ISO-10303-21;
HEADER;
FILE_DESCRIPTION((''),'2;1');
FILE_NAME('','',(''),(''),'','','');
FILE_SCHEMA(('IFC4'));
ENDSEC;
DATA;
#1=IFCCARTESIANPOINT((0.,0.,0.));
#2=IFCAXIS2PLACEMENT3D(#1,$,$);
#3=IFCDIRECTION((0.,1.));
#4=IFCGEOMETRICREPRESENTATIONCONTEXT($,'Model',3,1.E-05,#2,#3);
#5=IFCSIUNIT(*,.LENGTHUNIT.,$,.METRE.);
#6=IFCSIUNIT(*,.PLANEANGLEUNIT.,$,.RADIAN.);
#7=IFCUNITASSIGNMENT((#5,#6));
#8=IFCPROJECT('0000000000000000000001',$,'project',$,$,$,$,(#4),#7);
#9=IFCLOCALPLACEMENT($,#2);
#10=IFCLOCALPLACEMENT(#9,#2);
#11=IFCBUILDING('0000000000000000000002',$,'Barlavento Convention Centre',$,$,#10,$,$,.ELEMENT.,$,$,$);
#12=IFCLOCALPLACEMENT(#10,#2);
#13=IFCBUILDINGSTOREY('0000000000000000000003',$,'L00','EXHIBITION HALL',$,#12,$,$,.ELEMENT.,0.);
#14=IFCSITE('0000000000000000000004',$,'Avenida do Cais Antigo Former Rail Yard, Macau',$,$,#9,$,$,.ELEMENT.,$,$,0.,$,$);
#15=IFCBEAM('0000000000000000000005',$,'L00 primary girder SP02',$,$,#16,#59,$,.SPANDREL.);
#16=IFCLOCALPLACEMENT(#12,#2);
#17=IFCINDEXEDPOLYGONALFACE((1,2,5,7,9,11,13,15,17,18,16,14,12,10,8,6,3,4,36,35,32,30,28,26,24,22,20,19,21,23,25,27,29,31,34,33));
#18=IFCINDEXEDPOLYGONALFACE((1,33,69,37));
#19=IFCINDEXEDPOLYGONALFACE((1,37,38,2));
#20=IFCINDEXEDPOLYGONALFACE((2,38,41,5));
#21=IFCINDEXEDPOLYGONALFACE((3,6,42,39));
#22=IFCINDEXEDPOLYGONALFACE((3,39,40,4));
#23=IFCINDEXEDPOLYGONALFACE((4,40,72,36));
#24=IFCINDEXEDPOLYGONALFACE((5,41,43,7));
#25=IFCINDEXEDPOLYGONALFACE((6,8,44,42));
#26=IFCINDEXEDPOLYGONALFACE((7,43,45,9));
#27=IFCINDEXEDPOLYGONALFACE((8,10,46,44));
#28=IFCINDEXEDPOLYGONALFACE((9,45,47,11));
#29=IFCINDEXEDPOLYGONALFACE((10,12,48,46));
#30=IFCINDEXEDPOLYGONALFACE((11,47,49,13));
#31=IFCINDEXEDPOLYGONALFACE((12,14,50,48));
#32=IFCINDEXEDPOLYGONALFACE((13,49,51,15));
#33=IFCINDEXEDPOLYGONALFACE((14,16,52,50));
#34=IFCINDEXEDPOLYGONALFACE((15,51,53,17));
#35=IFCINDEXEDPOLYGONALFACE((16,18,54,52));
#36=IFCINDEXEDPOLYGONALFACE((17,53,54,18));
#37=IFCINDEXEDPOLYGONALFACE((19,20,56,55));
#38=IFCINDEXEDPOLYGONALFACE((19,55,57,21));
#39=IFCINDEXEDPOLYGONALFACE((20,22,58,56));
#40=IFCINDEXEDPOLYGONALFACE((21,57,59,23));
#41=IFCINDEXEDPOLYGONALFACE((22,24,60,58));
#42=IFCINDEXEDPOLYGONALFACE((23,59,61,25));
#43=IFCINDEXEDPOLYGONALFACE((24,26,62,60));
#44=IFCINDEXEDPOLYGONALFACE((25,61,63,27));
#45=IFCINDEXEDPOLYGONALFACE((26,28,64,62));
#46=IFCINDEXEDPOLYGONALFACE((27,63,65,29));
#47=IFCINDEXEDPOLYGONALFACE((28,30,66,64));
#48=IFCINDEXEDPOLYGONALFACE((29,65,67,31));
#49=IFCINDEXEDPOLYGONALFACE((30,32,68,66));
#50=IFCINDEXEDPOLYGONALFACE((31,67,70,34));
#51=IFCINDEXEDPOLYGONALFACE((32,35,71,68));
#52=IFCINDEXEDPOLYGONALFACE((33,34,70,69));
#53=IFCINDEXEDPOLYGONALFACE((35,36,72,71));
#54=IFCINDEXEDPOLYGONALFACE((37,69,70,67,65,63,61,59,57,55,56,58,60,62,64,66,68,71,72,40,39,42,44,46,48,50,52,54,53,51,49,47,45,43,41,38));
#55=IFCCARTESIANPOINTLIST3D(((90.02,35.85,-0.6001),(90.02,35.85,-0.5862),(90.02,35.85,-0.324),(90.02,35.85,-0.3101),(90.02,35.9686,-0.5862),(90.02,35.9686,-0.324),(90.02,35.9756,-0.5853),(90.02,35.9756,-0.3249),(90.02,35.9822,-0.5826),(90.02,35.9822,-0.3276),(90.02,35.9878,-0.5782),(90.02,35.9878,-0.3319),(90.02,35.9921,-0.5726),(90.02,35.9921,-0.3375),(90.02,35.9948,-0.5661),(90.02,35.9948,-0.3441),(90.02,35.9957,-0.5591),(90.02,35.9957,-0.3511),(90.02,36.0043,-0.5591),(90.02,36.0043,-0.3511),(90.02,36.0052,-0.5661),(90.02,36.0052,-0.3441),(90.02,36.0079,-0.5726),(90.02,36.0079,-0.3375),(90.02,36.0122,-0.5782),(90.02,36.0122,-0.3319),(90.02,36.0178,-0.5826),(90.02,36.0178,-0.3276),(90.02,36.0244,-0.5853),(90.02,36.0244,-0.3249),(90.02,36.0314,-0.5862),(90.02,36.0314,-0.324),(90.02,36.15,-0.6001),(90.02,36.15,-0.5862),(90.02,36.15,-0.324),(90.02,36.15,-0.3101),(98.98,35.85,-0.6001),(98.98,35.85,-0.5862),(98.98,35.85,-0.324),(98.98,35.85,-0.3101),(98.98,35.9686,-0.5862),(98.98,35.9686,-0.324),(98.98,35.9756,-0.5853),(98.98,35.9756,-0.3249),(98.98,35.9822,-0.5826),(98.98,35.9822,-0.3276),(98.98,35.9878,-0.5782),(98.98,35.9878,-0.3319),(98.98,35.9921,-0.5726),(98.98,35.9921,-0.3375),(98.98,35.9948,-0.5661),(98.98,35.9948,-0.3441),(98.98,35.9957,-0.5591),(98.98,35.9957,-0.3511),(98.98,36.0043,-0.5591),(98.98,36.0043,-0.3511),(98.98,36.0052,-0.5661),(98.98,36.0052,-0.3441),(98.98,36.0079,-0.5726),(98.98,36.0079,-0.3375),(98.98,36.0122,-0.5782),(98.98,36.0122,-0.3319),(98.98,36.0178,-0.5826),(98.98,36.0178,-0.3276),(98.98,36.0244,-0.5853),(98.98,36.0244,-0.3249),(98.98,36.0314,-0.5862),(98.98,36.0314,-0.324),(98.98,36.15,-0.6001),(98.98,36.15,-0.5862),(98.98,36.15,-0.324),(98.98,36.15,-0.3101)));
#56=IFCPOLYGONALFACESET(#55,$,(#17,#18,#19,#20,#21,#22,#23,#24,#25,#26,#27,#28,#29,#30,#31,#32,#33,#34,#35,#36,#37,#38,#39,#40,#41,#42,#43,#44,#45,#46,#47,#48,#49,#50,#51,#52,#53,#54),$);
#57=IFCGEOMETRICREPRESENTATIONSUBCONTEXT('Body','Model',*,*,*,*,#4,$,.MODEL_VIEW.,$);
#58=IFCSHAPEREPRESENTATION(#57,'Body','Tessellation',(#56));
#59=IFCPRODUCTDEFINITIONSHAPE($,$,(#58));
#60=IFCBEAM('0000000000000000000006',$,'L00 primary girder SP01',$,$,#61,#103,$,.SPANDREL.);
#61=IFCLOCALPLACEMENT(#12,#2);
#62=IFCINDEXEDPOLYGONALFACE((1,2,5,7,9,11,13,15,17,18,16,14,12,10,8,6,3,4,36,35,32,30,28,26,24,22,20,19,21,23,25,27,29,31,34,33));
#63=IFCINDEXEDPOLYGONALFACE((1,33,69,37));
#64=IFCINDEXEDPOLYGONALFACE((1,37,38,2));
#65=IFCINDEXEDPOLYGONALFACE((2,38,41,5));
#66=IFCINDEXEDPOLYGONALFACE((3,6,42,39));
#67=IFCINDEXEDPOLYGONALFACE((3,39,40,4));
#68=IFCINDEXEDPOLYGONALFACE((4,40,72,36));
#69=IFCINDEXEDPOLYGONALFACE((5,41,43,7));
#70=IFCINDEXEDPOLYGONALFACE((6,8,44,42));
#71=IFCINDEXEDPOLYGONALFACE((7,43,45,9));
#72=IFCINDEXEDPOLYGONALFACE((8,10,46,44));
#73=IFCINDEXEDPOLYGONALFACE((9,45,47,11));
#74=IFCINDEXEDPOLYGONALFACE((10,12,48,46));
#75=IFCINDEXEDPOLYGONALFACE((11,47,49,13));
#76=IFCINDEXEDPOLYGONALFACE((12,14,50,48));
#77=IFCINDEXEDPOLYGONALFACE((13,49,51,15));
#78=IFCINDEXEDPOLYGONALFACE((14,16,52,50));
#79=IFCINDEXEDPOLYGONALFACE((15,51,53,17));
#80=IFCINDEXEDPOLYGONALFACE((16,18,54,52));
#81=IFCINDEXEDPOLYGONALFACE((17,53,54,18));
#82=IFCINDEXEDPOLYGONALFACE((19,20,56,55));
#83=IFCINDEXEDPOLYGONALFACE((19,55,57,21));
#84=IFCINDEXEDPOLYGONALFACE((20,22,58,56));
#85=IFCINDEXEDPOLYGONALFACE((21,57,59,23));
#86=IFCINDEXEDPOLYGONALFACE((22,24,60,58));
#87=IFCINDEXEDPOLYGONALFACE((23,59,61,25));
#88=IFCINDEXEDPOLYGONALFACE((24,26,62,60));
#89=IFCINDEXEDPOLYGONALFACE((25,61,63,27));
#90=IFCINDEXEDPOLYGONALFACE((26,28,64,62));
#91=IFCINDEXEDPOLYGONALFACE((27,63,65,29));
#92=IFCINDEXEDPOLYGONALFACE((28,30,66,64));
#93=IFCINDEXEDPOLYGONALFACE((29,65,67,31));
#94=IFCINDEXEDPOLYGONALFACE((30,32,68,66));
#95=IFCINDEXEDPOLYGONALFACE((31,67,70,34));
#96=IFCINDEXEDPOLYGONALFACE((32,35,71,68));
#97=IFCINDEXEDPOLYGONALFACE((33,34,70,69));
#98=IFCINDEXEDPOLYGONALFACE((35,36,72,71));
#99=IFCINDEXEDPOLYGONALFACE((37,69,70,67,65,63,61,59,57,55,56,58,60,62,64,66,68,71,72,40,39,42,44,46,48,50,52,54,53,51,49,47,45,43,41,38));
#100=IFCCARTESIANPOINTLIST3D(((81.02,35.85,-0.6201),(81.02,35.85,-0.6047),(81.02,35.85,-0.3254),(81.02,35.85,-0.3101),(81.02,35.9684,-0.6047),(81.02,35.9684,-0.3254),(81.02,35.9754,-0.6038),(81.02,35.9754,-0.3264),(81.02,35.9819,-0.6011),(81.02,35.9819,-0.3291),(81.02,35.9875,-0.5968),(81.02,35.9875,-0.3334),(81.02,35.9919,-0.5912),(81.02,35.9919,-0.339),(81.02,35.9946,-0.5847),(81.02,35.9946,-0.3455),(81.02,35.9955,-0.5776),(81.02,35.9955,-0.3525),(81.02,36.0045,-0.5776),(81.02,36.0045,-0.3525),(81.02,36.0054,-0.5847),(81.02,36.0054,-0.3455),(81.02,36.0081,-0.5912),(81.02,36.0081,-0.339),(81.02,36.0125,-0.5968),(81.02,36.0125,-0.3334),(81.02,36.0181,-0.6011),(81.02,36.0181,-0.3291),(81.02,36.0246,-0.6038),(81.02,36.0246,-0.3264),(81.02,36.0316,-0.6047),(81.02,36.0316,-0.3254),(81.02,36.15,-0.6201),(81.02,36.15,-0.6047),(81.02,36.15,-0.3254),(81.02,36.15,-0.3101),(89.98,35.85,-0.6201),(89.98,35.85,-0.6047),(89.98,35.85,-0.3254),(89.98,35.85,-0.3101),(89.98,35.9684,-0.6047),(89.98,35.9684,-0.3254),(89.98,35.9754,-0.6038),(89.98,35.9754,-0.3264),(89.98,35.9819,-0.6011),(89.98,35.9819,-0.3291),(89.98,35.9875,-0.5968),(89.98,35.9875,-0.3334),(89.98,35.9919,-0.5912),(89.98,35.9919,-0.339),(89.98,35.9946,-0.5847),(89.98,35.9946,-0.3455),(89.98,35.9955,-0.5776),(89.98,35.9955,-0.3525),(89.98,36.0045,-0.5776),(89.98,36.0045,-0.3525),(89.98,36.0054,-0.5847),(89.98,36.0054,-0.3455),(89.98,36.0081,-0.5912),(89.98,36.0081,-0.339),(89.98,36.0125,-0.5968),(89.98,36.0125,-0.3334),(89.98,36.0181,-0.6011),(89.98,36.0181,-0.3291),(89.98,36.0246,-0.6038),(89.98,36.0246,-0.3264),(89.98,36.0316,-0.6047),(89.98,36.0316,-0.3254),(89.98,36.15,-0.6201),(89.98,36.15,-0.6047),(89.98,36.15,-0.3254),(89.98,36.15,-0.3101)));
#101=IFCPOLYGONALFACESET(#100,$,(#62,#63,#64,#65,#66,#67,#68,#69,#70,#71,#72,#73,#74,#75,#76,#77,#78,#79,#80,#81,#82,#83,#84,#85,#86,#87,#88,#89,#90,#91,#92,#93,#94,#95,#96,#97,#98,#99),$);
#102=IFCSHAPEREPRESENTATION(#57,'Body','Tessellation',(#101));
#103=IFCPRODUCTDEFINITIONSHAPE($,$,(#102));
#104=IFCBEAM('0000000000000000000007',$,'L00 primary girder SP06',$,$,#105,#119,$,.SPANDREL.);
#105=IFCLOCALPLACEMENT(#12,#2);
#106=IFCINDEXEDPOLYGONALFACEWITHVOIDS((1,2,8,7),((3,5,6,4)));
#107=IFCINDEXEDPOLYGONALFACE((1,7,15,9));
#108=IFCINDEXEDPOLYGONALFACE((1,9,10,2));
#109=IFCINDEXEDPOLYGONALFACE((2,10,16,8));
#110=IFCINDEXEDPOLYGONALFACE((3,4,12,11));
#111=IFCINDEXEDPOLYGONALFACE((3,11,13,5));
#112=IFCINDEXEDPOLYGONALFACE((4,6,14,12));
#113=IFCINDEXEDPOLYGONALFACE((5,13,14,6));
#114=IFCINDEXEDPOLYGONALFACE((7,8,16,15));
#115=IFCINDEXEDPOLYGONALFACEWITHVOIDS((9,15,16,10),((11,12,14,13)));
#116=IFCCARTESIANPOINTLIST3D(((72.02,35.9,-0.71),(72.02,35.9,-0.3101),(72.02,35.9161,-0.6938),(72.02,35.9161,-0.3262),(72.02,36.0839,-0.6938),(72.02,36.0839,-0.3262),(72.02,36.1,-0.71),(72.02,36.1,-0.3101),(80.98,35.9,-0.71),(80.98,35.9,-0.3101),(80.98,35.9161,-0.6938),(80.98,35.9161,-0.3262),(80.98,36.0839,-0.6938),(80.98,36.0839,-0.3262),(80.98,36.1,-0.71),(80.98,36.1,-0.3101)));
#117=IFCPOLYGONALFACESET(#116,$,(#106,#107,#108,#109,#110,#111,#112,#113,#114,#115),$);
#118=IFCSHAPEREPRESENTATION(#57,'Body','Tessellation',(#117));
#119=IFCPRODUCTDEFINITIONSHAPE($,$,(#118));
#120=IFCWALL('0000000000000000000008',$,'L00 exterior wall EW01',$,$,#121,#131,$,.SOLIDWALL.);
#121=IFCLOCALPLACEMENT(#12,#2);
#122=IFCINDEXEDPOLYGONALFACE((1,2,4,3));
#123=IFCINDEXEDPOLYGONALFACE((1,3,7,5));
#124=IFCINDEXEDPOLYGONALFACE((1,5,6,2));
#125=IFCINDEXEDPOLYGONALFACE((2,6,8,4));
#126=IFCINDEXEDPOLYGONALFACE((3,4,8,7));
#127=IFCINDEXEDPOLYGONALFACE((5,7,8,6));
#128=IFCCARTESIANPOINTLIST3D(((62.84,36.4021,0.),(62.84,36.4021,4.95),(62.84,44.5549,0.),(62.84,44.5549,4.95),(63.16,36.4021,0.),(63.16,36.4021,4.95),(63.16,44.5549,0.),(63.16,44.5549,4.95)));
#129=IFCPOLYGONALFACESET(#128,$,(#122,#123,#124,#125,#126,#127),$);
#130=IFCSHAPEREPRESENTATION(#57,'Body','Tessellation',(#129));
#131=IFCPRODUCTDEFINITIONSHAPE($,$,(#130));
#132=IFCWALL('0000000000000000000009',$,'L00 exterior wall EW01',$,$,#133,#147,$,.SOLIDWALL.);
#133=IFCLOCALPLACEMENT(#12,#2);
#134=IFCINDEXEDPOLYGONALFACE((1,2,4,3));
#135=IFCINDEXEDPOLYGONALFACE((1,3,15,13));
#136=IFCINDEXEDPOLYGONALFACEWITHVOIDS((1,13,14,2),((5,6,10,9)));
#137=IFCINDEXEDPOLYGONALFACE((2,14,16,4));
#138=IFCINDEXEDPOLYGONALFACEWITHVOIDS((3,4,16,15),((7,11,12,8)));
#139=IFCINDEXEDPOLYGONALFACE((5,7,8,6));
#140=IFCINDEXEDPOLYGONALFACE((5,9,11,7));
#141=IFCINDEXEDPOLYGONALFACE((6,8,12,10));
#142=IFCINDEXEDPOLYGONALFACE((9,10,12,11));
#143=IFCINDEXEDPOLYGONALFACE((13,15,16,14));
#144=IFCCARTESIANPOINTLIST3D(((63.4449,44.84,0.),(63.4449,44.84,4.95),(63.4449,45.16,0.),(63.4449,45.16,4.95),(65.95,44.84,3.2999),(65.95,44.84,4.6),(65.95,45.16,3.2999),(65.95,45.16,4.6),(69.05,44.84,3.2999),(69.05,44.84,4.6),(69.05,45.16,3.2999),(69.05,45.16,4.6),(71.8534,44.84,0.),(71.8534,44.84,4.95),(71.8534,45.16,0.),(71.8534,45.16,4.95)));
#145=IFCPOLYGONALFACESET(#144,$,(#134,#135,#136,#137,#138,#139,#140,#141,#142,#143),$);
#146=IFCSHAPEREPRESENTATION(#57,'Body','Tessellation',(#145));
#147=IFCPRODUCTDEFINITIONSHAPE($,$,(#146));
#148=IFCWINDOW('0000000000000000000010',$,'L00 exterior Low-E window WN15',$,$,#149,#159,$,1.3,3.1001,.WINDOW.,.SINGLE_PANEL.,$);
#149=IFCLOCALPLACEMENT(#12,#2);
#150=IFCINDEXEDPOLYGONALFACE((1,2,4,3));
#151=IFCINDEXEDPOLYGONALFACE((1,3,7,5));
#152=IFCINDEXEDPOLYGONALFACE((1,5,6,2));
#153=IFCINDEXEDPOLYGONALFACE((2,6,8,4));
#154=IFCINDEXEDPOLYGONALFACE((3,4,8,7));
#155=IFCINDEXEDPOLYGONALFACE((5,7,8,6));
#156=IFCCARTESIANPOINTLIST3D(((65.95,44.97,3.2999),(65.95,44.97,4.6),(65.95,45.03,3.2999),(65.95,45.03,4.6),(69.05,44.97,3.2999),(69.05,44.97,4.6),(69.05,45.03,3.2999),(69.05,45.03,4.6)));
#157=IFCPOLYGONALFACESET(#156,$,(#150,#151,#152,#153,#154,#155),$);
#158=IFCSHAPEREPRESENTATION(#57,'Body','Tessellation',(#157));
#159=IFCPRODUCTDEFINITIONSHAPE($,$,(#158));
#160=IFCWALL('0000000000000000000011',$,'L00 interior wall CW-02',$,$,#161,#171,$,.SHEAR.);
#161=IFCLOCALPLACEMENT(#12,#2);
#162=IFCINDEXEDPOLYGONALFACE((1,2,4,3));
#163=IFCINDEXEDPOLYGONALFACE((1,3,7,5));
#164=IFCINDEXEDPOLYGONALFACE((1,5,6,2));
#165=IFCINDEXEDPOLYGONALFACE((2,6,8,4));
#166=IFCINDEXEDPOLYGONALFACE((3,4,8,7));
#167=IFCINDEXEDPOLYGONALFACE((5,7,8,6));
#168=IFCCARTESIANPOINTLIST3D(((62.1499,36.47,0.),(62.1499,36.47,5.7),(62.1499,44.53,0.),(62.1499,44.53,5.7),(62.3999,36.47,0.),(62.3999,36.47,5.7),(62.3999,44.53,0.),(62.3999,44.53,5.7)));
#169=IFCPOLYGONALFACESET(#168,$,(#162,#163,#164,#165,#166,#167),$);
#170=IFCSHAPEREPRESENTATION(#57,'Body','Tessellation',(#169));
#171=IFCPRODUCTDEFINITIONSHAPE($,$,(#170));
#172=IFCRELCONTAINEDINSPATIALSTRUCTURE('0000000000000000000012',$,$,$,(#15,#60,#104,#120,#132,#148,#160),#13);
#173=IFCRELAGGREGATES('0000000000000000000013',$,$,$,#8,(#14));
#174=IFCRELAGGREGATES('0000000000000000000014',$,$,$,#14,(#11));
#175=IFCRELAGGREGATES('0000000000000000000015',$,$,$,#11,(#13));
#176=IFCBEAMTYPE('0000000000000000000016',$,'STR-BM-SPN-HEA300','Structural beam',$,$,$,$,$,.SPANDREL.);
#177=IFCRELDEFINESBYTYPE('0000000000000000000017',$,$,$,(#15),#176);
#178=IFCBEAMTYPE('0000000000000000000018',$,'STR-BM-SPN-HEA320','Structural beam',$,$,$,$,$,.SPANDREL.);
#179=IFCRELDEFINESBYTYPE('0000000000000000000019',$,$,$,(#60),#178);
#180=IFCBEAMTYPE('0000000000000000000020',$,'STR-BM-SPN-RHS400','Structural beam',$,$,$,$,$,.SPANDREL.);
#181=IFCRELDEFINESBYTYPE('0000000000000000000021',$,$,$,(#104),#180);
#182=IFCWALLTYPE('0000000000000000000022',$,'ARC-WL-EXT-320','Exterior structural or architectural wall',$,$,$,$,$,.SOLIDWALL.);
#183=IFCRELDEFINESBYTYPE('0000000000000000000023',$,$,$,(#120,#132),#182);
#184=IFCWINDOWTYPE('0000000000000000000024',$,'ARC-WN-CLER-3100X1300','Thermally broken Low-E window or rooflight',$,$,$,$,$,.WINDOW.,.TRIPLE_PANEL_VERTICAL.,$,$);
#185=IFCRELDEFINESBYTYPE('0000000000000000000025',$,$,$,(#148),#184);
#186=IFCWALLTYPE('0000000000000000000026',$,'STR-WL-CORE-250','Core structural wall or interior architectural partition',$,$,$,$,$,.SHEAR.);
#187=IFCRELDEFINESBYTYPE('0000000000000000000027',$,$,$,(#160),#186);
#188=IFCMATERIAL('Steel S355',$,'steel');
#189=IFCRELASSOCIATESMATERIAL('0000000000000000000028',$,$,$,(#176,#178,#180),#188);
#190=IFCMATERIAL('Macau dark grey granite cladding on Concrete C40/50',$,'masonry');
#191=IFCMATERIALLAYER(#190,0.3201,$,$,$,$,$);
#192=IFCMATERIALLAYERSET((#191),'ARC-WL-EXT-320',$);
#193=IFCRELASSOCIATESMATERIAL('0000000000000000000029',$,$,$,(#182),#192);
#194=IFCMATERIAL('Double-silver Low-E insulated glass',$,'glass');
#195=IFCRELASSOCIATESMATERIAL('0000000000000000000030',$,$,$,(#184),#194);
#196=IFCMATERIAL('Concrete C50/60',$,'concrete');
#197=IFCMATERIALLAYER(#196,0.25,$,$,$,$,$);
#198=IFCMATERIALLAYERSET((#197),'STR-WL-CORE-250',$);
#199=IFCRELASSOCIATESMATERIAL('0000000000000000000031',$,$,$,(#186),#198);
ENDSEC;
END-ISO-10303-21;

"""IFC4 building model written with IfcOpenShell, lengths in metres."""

from ifc_helpers import new_model, si_unit, direction, frame, frame_2d, origin, origin_2d, place, context, subcontext, project, spatial, rectangle, hollow_rectangle, i_section, extrude, material, layer, layer_set, material_profile, profile_set, type_object, element, fill, save


model = new_model("IFC4")

# Units and contexts
model_context = context("Model", 3, precision=1e-05, world=origin(), true_north=direction((0.0, 1.0)))
body_context = subcontext(model_context, "Body", "Model", "MODEL_VIEW")
ifc_project = project(units=[si_unit("LENGTHUNIT", "METRE"), si_unit("PLANEANGLEUNIT", "RADIAN")], contexts=[model_context])

# Site, building, storey
site_placement = place(None, origin())
site = spatial("IfcSite", under=ifc_project, at=site_placement, Name="Avenida do Cais Antigo Former Rail Yard, Macau", CompositionType="ELEMENT", RefElevation=0.0)
building_placement = place(site_placement, origin())
building = spatial("IfcBuilding", under=site, at=building_placement, Name="Barlavento Convention Centre", CompositionType="ELEMENT")
storey_placement = place(building_placement, origin())
storey = spatial("IfcBuildingStorey", under=building, at=storey_placement, Name="L00", Description="EXHIBITION HALL", CompositionType="ELEMENT", Elevation=0.0)

# Shared definitions
ifc_material_1 = material(Name="Concrete C50/60", Category="concrete")

# Beams
ifc_material_2 = material(Name="Steel S355", Category="steel")
ifc_material_profile_1 = material_profile(ifc_material_2, i_section(OverallWidth=0.3, OverallDepth=0.29, WebThickness=0.0085, FlangeThickness=0.0139, FilletRadius=0.0271, at=origin_2d()), Name="HEA 300")
ifc_profile_set_1 = profile_set([ifc_material_profile_1], Name="Steel S355")
beam_type_1 = type_object("IfcBeamType", Name="STR-BM-SPN-HEA300", Description="Structural beam", PredefinedType="SPANDREL", material=ifc_profile_set_1)
beam_1_placement = place(storey_placement, frame((90.02, 36.0, -0.4551), z_axis=(1.0, 0.0, 0.0), x_axis=(0.0, 1.0, 0.0)))
element("IfcBeam", 1, at=beam_1_placement, inside=storey, type_object=beam_type_1, Name="L00 primary girder SP02", PredefinedType="SPANDREL", context=body_context, shape_type="SweptSolid", body=[
    extrude(i_section(OverallWidth=0.3, OverallDepth=0.29, WebThickness=0.0085, FlangeThickness=0.0139, FilletRadius=0.0271, at=origin_2d()), origin(), (0.0, 0.0, 1.0), 8.96),
])
ifc_material_profile_2 = material_profile(ifc_material_2, i_section(OverallWidth=0.3, OverallDepth=0.3101, WebThickness=0.009, FlangeThickness=0.0154, FilletRadius=0.0271, at=origin_2d()), Name="HEA 320")
ifc_profile_set_2 = profile_set([ifc_material_profile_2], Name="Steel S355")
beam_type_2 = type_object("IfcBeamType", Name="STR-BM-SPN-HEA320", Description="Structural beam", PredefinedType="SPANDREL", material=ifc_profile_set_2)
beam_2_placement = place(storey_placement, frame((81.02, 36.0, -0.4651), z_axis=(1.0, 0.0, 0.0), x_axis=(0.0, 1.0, 0.0)))
element("IfcBeam", 2, at=beam_2_placement, inside=storey, type_object=beam_type_2, Name="L00 primary girder SP01", PredefinedType="SPANDREL", context=body_context, shape_type="SweptSolid", body=[
    extrude(i_section(OverallWidth=0.3, OverallDepth=0.3101, WebThickness=0.009, FlangeThickness=0.0154, FilletRadius=0.0271, at=origin_2d()), origin(), (0.0, 0.0, 1.0), 8.96),
])
ifc_material_profile_3 = material_profile(ifc_material_2, hollow_rectangle(XDim=0.2, YDim=0.3999, WallThickness=0.0161, at=origin_2d()), Name="RHS 400x200x16.0")
ifc_profile_set_3 = profile_set([ifc_material_profile_3], Name="Steel S355")
beam_type_3 = type_object("IfcBeamType", Name="STR-BM-SPN-RHS400", Description="Structural beam", PredefinedType="SPANDREL", material=ifc_profile_set_3)
beam_3_placement = place(storey_placement, frame((72.02, 36.0, -0.51), z_axis=(1.0, 0.0, 0.0), x_axis=(0.0, 1.0, 0.0)))
element("IfcBeam", 3, at=beam_3_placement, inside=storey, type_object=beam_type_3, Name="L00 primary girder SP06", PredefinedType="SPANDREL", context=body_context, shape_type="SweptSolid", body=[
    extrude(hollow_rectangle(XDim=0.2, YDim=0.3999, WallThickness=0.0161, at=origin_2d()), origin(), (0.0, 0.0, 1.0), 8.96),
])

# Wall
ifc_material_3 = material(Name="Macau dark grey granite cladding on Concrete C40/50", Category="masonry")
ifc_layer_1 = layer(ifc_material_3, 0.3201)
ifc_layer_set_1 = layer_set([ifc_layer_1], Name="ARC-WL-EXT-320")
wall_type_1 = type_object("IfcWallType", Name="ARC-WL-EXT-320", Description="Exterior structural or architectural wall", PredefinedType="SOLIDWALL", material=ifc_layer_set_1)
wall_1_placement = place(storey_placement, frame((63.0, 36.4021, 0.0), z_axis=(0.0, 0.0, 1.0), x_axis=(0.0, 1.0, 0.0)))
element("IfcWall", 4, at=wall_1_placement, inside=storey, type_object=wall_type_1, Name="L00 exterior wall EW01", PredefinedType="SOLIDWALL", context=body_context, shape_type="SweptSolid", body=[
    extrude(rectangle(XDim=8.1528, YDim=0.3201, at=frame_2d((4.0764, 0.0))), origin(), (0.0, 0.0, 1.0), 4.95),
])

# Wall, opening, window
wall_2_placement = place(storey_placement, frame((63.4451, 45.0, 0.0), z_axis=(0.0, 0.0, 1.0), x_axis=(1.0, 0.0, 0.0)))
wall_2 = element("IfcWall", 5, at=wall_2_placement, inside=storey, type_object=wall_type_1, Name="L00 exterior wall EW01", PredefinedType="SOLIDWALL", context=body_context, shape_type="SweptSolid", body=[
    extrude(rectangle(XDim=8.4084, YDim=0.3201, at=frame_2d((4.2041, 0.0))), origin(), (0.0, 0.0, 1.0), 4.95),
])
opening_placement = place(wall_2_placement, frame((2.5049, 0.0, 3.3)))
opening = element("IfcOpeningElement", 6, at=opening_placement, cuts=wall_2, PredefinedType="OPENING", context=body_context, shape_type="SweptSolid", body=[
    extrude(rectangle(XDim=3.1001, YDim=1.3, at=frame_2d((1.55, 0.6499))), frame((0.0, 0.1699, 0.0), z_axis=(0.0, -1.0, 0.0), x_axis=(1.0, 0.0, 0.0)), (0.0, 0.0, 1.0), 0.3401),
])
ifc_material_4 = material(Name="Double-silver Low-E insulated glass", Category="glass")
window_type = type_object("IfcWindowType", Name="ARC-WN-CLER-3100X1300", Description="Thermally broken Low-E window or rooflight", PartitioningType="TRIPLE_PANEL_VERTICAL", PredefinedType="WINDOW", material=ifc_material_4)
window_placement = place(opening_placement, origin())
window = element("IfcWindow", 7, at=window_placement, inside=storey, type_object=window_type, Name="L00 exterior Low-E window WN15", OverallHeight=1.3, OverallWidth=3.1001, PartitioningType="SINGLE_PANEL", PredefinedType="WINDOW", context=body_context, shape_type="SweptSolid", body=[
    extrude(rectangle(XDim=3.1001, YDim=1.3, at=frame_2d((1.55, 0.6499))), frame((0.0, 0.03, 0.0), z_axis=(0.0, -1.0, 0.0), x_axis=(1.0, 0.0, 0.0)), (0.0, 0.0, 1.0), 0.0601),
])
fill(opening, window)

# Wall
ifc_layer_2 = layer(ifc_material_1, 0.25)
ifc_layer_set_2 = layer_set([ifc_layer_2], Name="STR-WL-CORE-250")
wall_type_2 = type_object("IfcWallType", Name="STR-WL-CORE-250", Description="Core structural wall or interior architectural partition", PredefinedType="SHEAR", material=ifc_layer_set_2)
wall_3_placement = place(storey_placement, frame((62.2749, 36.47, 0.0), z_axis=(0.0, 0.0, 1.0), x_axis=(0.0, 1.0, 0.0)))
element("IfcWall", 8, at=wall_3_placement, inside=storey, type_object=wall_type_2, Name="L00 interior wall CW-02", PredefinedType="SHEAR", context=body_context, shape_type="SweptSolid", body=[
    extrude(rectangle(XDim=8.0601, YDim=0.25, at=frame_2d((4.03, 0.0))), origin(), (0.0, 0.0, 1.0), 5.7),
])

save(model, "model.ifc")
